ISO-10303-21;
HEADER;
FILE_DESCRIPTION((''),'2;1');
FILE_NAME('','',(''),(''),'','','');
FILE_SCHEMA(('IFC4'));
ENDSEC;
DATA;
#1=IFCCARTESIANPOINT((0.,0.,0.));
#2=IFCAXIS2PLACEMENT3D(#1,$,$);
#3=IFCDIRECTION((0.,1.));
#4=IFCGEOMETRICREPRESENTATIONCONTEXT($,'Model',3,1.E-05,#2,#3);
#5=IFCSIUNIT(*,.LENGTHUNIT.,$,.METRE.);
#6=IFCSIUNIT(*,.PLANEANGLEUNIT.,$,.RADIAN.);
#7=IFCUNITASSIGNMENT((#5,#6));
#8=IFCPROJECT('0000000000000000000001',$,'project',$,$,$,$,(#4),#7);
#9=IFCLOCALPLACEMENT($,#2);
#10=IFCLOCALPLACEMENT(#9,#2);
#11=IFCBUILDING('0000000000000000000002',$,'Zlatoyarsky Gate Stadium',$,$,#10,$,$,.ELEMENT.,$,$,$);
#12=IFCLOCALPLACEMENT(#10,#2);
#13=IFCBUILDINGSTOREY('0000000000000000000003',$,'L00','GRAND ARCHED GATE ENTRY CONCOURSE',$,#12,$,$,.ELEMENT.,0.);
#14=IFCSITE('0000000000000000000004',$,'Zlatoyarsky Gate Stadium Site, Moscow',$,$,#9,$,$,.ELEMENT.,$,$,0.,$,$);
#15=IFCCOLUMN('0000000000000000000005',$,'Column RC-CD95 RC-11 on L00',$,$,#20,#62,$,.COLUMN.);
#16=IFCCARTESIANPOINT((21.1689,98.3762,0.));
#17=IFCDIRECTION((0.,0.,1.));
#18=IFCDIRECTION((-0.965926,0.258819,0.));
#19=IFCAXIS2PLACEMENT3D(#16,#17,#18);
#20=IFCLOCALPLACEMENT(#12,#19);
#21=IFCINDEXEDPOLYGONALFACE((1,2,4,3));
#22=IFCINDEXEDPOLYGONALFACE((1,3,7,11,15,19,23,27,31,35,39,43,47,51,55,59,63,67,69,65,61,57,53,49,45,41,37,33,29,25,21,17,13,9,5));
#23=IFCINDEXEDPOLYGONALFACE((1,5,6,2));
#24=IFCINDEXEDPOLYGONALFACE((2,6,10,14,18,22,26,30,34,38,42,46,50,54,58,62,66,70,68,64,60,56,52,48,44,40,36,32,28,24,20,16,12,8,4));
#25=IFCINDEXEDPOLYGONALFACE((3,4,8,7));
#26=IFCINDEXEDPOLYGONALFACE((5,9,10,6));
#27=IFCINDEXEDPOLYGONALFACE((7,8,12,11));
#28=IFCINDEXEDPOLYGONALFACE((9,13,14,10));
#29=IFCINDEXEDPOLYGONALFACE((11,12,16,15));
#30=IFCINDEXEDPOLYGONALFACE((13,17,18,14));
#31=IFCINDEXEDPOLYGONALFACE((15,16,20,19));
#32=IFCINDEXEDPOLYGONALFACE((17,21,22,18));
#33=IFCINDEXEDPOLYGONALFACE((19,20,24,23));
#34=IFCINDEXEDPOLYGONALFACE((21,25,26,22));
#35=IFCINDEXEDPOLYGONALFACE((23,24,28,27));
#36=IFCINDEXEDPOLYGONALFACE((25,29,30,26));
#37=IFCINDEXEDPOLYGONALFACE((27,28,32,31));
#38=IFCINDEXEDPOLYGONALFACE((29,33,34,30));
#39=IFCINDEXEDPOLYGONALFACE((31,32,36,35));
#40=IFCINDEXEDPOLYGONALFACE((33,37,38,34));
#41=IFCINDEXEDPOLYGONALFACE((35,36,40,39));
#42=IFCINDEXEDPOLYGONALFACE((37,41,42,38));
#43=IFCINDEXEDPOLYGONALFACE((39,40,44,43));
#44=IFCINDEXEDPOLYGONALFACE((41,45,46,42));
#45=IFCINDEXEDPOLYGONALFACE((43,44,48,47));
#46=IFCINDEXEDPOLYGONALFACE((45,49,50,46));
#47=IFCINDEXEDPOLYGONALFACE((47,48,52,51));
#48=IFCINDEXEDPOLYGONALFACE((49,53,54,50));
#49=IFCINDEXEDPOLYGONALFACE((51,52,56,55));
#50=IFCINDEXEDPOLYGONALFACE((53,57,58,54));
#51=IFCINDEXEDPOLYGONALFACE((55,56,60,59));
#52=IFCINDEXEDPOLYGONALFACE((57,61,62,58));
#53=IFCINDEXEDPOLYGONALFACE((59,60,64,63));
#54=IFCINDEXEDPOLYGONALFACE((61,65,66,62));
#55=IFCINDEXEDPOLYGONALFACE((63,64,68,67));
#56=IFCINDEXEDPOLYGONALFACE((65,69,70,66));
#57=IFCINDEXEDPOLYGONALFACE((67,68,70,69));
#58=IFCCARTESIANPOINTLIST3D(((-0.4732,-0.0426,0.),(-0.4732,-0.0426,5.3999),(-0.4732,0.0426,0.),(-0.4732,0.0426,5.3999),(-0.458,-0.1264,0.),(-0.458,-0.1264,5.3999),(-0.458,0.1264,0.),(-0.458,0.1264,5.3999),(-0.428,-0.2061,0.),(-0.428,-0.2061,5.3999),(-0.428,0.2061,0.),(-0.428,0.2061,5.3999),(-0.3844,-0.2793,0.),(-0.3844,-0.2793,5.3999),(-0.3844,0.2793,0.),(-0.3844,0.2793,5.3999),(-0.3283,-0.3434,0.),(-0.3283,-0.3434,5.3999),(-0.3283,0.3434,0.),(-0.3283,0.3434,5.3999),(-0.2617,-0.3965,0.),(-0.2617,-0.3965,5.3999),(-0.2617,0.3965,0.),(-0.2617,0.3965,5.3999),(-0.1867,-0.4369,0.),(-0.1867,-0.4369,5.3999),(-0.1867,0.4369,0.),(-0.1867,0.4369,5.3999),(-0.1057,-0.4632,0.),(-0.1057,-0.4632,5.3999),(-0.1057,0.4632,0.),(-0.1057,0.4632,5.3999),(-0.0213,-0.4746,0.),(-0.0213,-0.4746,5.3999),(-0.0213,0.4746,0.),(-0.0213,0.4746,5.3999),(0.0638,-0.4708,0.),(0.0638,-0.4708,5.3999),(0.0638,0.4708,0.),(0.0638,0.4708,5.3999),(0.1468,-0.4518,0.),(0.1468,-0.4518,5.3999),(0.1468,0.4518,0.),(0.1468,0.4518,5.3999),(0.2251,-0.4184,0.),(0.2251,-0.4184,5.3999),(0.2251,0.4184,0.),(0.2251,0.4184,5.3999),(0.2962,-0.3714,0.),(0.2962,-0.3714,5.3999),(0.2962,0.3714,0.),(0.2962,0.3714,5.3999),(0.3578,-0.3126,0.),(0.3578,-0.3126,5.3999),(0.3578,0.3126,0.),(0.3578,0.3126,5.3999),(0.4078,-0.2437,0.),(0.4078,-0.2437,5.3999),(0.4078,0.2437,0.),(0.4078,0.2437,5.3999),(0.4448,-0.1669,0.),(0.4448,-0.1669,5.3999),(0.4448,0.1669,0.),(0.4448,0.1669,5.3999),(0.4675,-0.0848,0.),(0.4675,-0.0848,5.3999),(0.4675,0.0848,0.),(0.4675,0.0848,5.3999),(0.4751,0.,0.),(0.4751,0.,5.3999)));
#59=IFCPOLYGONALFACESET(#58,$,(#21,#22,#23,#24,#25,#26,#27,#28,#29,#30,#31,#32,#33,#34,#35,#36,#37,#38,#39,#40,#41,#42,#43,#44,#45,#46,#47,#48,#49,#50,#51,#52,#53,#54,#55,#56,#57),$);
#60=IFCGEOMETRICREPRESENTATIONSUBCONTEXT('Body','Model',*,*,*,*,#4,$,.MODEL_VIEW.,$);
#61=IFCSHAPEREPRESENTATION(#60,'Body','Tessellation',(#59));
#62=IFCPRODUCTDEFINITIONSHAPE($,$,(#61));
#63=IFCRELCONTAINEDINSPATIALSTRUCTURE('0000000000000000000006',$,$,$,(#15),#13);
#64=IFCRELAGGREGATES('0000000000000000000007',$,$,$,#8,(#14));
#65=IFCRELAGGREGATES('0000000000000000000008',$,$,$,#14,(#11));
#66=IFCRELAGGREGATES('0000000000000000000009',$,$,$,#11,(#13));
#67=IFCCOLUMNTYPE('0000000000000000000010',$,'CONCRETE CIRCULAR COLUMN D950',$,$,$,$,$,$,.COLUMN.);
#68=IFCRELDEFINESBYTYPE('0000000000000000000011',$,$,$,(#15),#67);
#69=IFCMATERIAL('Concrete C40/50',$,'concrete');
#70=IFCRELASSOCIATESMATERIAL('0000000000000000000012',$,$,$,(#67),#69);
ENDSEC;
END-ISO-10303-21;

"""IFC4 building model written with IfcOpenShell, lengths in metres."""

from ifc_helpers import new_model, si_unit, direction, frame, origin, origin_2d, place, context, subcontext, project, spatial, circle, extrude, material, material_profile, profile_set, type_object, element, save


model = new_model("IFC4")

# Units and contexts
model_context = context("Model", 3, precision=1e-05, world=origin(), true_north=direction((0.0, 1.0)))
body_context = subcontext(model_context, "Body", "Model", "MODEL_VIEW")
ifc_project = project(units=[si_unit("LENGTHUNIT", "METRE"), si_unit("PLANEANGLEUNIT", "RADIAN")], contexts=[model_context])

# Site, building, storey
site_placement = place(None, origin())
site = spatial("IfcSite", under=ifc_project, at=site_placement, Name="Zlatoyarsky Gate Stadium Site, Moscow", CompositionType="ELEMENT", RefElevation=0.0)
building_placement = place(site_placement, origin())
building = spatial("IfcBuilding", under=site, at=building_placement, Name="Zlatoyarsky Gate Stadium", CompositionType="ELEMENT")
storey_placement = place(building_placement, origin())
storey = spatial("IfcBuildingStorey", under=building, at=storey_placement, Name="L00", Description="GRAND ARCHED GATE ENTRY CONCOURSE", CompositionType="ELEMENT", Elevation=0.0)

# Column
ifc_material_1 = material(Name="Concrete C40/50", Category="concrete")
ifc_material_profile_1 = material_profile(ifc_material_1, circle(Radius=0.4751, at=origin_2d()), Name="RC COL D950")
ifc_profile_set_1 = profile_set([ifc_material_profile_1], Name="Concrete C40/50")
column_type_1 = type_object("IfcColumnType", Name="CONCRETE CIRCULAR COLUMN D950", PredefinedType="COLUMN", material=ifc_profile_set_1)
column_placement = place(storey_placement, frame((21.1689, 98.3762, 0.0), z_axis=(0.0, 0.0, 1.0), x_axis=(-0.965926, 0.258819, 0.0)))
element("IfcColumn", 1, at=column_placement, inside=storey, type_object=column_type_1, Name="Column RC-CD95 RC-11 on L00", PredefinedType="COLUMN", context=body_context, shape_type="SweptSolid", body=[
    extrude(circle(Radius=0.4751, at=origin_2d()), origin(), (0.0, 0.0, 1.0), 5.3999),
])

save(model, "model.ifc")
